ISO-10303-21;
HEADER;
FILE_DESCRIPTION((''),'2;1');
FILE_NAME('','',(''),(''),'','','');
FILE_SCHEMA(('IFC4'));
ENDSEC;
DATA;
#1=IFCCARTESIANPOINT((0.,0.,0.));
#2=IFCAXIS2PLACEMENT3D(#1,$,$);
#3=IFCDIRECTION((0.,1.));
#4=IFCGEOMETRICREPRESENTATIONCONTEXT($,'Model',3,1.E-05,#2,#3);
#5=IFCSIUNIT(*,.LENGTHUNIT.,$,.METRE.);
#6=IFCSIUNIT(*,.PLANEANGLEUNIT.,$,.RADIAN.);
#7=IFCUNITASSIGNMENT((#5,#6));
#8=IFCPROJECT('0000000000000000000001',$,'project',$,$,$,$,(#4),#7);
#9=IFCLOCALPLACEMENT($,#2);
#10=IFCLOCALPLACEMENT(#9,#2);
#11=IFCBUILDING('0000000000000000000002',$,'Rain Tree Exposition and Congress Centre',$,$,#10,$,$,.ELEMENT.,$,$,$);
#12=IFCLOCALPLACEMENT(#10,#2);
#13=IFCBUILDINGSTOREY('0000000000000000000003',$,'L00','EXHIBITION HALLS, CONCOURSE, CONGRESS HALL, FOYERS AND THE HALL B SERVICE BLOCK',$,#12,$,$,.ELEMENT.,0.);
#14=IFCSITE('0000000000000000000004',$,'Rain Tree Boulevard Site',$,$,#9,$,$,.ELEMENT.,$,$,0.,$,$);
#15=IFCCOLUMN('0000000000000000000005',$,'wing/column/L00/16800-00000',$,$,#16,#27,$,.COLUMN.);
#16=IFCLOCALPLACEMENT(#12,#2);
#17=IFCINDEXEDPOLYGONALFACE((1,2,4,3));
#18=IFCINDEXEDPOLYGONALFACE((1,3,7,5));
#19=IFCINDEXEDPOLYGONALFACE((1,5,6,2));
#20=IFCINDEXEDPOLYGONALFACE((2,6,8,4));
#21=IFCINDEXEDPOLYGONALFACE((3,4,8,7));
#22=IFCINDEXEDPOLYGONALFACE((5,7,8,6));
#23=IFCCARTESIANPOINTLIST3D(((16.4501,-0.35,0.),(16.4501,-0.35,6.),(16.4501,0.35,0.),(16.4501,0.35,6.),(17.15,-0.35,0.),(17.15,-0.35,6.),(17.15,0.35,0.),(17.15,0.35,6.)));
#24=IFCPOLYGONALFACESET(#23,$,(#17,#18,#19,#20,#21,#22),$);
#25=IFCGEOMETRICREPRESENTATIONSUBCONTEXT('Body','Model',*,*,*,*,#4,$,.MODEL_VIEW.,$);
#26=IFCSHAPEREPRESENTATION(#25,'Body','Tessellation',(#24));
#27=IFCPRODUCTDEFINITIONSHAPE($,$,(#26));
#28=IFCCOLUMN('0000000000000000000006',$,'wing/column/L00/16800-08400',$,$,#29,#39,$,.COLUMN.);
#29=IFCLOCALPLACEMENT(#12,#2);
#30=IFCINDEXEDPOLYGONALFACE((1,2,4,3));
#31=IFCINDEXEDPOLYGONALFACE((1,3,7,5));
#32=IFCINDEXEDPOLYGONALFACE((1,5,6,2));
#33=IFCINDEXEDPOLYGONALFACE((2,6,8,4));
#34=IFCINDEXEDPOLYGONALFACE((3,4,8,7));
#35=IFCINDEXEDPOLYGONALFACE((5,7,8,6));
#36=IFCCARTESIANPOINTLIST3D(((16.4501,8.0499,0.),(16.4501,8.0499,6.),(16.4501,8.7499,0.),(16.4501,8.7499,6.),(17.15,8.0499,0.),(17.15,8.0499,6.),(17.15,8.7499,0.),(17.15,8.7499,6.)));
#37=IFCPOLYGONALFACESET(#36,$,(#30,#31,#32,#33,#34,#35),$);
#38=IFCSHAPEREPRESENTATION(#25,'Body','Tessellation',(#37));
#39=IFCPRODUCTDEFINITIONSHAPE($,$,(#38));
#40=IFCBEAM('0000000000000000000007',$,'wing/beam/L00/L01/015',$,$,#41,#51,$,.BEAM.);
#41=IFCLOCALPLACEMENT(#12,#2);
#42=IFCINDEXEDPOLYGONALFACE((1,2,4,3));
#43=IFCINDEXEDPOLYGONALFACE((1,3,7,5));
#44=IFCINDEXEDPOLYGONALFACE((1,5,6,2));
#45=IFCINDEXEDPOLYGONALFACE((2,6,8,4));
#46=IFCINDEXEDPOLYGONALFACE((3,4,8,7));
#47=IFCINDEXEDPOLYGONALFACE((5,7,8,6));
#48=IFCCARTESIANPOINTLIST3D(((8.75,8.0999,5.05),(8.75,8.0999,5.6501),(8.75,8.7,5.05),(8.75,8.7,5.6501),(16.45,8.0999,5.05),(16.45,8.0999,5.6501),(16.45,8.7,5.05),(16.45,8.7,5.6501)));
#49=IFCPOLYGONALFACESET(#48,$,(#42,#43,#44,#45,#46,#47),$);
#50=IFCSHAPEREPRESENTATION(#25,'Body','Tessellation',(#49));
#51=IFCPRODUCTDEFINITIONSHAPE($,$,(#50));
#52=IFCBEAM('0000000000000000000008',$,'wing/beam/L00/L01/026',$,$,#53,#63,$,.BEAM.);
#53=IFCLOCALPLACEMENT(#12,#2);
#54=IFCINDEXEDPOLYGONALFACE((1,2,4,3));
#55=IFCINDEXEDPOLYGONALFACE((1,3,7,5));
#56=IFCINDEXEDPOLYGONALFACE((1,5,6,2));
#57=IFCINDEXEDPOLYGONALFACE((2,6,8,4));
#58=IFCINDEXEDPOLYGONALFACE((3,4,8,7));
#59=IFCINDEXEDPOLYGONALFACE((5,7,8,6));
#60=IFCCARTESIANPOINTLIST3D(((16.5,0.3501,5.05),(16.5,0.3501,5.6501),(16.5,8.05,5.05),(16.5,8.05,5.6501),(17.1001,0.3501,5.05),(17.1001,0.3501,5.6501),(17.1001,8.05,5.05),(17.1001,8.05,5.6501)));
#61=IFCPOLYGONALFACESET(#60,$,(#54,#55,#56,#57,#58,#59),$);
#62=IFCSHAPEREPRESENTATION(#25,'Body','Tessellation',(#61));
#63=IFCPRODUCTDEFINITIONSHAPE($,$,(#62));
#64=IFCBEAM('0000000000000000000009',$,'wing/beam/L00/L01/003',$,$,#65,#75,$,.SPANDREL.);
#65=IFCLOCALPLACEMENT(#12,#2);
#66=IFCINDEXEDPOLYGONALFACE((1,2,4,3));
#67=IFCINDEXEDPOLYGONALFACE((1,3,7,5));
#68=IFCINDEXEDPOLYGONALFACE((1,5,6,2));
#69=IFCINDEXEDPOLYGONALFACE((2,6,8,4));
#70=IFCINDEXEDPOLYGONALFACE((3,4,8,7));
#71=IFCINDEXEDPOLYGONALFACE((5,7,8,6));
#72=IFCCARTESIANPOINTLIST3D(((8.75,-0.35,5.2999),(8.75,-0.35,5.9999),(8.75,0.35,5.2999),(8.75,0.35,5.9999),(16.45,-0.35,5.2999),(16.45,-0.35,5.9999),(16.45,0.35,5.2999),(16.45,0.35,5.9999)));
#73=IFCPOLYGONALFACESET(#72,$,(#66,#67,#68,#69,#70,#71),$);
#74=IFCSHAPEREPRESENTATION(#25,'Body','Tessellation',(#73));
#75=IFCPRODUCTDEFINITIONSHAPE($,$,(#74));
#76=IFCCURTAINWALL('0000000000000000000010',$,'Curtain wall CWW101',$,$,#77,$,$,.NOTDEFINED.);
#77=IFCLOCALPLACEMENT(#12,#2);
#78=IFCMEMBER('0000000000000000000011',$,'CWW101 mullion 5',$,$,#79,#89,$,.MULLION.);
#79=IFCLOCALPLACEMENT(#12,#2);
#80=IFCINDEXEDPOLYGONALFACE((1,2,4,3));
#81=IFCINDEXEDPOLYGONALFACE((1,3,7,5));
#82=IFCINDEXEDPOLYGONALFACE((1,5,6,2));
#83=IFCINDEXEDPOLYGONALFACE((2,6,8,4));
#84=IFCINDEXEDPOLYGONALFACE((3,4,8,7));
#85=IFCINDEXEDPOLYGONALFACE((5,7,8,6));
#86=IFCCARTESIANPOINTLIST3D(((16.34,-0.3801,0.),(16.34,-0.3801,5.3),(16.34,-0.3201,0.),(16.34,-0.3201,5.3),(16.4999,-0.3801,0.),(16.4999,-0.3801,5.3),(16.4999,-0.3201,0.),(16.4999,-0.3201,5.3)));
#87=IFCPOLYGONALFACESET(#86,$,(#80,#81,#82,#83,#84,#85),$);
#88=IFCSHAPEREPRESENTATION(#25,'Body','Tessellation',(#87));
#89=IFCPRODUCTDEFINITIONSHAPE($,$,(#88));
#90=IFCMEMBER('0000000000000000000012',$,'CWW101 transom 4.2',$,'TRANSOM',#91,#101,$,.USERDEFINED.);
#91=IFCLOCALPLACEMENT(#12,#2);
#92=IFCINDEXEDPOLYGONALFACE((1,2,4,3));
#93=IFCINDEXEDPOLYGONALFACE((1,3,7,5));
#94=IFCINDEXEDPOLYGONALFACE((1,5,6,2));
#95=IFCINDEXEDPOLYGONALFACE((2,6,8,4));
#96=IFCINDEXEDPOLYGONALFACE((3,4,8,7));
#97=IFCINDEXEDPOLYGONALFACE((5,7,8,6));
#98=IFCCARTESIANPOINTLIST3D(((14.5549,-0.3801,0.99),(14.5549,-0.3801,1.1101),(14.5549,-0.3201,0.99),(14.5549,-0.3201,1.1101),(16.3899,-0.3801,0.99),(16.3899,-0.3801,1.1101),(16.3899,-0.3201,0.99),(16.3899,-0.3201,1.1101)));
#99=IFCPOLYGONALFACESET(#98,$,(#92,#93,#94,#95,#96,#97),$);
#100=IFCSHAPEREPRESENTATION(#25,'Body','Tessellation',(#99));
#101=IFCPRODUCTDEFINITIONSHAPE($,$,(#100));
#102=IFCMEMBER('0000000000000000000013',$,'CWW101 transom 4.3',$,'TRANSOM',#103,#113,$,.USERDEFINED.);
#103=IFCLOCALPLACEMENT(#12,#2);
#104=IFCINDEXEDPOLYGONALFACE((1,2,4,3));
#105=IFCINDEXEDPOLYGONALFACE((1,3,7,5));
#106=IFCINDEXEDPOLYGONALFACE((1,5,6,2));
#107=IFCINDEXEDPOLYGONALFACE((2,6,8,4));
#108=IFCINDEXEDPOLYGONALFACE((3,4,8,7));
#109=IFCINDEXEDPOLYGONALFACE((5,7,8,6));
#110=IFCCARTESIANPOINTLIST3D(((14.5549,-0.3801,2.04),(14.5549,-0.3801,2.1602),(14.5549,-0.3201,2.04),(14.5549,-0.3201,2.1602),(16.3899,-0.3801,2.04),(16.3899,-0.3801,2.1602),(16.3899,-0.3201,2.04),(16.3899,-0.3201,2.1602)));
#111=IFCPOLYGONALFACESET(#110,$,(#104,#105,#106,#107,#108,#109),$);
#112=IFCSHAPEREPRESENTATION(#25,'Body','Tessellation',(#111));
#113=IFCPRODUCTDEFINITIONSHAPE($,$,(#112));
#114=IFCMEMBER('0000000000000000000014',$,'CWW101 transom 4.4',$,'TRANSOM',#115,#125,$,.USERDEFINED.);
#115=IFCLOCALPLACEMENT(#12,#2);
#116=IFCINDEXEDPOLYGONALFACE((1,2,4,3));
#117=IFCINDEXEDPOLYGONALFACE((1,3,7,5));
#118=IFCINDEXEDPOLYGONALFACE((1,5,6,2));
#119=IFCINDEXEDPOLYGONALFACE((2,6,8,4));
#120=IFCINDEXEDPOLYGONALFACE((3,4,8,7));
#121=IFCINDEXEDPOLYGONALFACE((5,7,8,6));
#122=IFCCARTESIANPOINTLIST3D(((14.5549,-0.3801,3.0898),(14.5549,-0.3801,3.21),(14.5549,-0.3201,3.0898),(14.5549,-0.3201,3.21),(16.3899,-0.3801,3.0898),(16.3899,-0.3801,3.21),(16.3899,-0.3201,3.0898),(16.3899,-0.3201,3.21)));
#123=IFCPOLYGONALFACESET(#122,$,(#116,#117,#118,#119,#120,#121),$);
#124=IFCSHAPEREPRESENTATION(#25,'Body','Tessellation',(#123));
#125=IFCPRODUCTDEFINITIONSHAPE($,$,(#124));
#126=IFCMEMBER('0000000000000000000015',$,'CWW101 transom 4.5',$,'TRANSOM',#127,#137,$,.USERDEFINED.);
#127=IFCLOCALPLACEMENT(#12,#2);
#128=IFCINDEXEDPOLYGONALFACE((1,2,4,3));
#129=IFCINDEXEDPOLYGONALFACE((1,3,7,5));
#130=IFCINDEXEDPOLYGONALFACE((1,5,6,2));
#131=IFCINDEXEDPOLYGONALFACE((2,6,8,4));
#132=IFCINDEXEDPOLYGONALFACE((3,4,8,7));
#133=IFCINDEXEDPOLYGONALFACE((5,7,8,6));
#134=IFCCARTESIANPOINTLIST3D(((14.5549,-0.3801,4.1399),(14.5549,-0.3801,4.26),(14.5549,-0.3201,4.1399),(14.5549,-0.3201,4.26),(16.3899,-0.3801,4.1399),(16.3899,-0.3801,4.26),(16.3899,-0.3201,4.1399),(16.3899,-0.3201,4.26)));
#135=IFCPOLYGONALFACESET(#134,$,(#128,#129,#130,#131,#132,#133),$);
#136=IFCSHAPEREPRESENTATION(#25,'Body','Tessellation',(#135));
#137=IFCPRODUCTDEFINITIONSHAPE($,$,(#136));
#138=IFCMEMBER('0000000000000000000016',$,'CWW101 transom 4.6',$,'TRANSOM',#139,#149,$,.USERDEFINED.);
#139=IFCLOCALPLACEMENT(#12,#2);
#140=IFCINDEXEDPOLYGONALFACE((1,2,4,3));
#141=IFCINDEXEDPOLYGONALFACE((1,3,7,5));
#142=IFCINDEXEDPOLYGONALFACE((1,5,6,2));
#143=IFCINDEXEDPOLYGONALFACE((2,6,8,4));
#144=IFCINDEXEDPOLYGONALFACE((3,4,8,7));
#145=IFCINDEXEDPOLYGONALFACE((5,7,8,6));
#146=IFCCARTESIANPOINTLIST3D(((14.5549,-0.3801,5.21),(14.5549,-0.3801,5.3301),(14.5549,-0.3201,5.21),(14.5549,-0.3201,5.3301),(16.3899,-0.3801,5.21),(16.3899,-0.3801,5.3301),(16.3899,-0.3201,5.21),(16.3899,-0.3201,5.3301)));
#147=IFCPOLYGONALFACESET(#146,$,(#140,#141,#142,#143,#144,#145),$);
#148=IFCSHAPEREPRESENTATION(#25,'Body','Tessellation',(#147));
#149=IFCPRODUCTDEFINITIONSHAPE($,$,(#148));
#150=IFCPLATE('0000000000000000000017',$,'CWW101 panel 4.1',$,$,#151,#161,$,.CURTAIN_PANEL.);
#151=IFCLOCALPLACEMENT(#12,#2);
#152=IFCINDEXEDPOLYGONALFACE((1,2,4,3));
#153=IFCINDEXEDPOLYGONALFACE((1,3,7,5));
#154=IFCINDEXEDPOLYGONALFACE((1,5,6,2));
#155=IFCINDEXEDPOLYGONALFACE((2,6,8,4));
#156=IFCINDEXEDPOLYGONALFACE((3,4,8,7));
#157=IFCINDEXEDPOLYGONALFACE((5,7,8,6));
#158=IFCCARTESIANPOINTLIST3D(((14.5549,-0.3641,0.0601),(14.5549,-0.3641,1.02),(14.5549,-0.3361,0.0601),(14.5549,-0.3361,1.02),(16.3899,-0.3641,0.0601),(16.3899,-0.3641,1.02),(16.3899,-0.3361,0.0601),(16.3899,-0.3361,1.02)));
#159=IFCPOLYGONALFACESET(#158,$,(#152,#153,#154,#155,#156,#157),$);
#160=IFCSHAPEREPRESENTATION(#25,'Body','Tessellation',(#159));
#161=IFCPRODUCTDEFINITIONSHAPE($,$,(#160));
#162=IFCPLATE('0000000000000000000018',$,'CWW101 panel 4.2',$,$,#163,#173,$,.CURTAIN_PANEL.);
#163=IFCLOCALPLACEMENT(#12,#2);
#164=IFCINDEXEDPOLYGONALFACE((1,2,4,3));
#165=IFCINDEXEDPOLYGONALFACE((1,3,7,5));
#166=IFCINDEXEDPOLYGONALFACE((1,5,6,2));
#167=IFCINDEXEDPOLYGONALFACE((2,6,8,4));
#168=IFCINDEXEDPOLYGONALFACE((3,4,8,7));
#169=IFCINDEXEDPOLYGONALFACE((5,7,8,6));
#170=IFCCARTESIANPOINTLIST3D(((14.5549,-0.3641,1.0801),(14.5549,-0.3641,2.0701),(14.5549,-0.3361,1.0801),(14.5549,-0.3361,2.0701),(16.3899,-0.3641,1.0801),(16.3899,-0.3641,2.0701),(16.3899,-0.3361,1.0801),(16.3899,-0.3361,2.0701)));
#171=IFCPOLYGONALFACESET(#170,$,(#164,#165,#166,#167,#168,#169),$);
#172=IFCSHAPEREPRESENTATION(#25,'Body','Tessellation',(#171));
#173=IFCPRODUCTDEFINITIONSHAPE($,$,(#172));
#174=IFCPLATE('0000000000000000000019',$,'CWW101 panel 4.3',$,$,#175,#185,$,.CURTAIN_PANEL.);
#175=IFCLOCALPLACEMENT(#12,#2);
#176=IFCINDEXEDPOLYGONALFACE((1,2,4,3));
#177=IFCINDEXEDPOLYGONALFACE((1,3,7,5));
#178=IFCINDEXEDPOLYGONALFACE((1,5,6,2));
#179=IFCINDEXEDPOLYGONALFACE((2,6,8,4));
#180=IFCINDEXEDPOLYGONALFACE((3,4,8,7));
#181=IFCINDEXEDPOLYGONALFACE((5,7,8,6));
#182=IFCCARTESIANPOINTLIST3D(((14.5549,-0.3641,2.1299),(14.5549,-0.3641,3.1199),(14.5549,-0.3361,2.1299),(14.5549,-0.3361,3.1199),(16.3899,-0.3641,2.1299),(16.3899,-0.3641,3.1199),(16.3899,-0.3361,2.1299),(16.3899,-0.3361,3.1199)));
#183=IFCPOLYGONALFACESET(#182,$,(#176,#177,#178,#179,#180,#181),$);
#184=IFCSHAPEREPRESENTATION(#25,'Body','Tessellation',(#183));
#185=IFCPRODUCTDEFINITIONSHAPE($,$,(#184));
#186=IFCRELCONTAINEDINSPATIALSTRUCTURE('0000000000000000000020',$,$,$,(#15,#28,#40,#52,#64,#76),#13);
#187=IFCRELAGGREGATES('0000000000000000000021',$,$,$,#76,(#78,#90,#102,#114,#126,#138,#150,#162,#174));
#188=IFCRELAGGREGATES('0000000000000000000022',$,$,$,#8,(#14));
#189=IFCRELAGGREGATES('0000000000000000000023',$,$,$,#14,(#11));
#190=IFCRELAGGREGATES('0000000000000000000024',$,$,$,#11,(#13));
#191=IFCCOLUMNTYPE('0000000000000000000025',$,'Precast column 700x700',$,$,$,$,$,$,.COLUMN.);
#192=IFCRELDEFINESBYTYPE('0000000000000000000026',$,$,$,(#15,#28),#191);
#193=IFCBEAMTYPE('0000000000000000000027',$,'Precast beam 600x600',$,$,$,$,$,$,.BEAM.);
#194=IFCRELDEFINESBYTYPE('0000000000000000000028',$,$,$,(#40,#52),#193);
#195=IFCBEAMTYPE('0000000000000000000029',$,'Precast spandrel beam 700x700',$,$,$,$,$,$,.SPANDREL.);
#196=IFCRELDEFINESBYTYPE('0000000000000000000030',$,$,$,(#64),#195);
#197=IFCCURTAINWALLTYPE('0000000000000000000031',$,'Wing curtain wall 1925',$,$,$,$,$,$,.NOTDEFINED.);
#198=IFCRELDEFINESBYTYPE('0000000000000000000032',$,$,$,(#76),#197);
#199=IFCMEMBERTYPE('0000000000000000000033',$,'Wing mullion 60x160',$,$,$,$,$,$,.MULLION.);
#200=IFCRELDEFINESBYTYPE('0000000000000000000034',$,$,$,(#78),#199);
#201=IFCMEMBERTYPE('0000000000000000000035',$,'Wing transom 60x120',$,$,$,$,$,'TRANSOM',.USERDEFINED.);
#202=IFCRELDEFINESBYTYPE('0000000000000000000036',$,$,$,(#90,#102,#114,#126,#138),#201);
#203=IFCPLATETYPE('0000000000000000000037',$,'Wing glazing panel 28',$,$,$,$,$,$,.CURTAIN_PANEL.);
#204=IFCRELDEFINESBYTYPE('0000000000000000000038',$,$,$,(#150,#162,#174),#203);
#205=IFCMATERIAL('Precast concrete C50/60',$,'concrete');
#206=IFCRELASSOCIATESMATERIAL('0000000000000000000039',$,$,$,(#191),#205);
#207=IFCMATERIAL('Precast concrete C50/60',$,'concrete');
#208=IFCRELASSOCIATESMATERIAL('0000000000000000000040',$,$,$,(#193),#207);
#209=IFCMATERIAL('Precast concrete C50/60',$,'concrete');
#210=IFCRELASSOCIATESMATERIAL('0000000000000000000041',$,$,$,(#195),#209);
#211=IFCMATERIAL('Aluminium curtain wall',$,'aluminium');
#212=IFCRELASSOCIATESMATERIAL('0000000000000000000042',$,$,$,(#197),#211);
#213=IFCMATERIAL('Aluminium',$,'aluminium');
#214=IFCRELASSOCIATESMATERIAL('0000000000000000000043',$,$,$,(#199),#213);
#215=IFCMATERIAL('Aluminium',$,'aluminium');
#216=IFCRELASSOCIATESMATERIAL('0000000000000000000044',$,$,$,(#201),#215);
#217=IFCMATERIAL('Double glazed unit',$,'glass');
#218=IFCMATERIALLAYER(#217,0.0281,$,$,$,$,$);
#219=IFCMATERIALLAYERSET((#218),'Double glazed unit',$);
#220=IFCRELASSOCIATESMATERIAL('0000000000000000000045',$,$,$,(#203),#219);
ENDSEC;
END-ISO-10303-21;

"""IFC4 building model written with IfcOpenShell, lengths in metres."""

from ifc_helpers import new_model, si_unit, direction, frame, origin, origin_2d, place, context, subcontext, project, spatial, rectangle, extrude, material, layer, layer_set, material_profile, profile_set, type_object, element, aggregate, save


model = new_model("IFC4")

# Units and contexts
model_context = context("Model", 3, precision=1e-05, world=origin(), true_north=direction((0.0, 1.0)))
body_context = subcontext(model_context, "Body", "Model", "MODEL_VIEW")
ifc_project = project(units=[si_unit("LENGTHUNIT", "METRE"), si_unit("PLANEANGLEUNIT", "RADIAN")], contexts=[model_context])

# Site, building, storey
site_placement = place(None, origin())
site = spatial("IfcSite", under=ifc_project, at=site_placement, Name="Rain Tree Boulevard Site", CompositionType="ELEMENT", RefElevation=0.0)
building_placement = place(site_placement, origin())
building = spatial("IfcBuilding", under=site, at=building_placement, Name="Rain Tree Exposition and Congress Centre", CompositionType="ELEMENT")
storey_placement = place(building_placement, origin())
storey = spatial("IfcBuildingStorey", under=building, at=storey_placement, Name="L00", Description="EXHIBITION HALLS, CONCOURSE, CONGRESS HALL, FOYERS AND THE HALL B SERVICE BLOCK", CompositionType="ELEMENT", Elevation=0.0)

# Columns
ifc_material_1 = material(Name="Precast concrete C50/60", Category="concrete")
ifc_material_profile_1 = material_profile(ifc_material_1, rectangle(XDim=0.7, YDim=0.7, at=origin_2d()), Name="RC 700x700")
ifc_profile_set_1 = profile_set([ifc_material_profile_1], Name="Precast concrete C50/60")
column_type = type_object("IfcColumnType", Name="Precast column 700x700", PredefinedType="COLUMN", material=ifc_profile_set_1)
for number, where, z_axis, x_axis, name in (
    (1, (16.8, 0.0, 0.0), (0.0, 0.0, 1.0), (1.0, 0.0, 0.0), "wing/column/L00/16800-00000"),
    (2, (16.8, 8.3999, 0.0), (0.0, 0.0, 1.0), (1.0, 0.0, 0.0), "wing/column/L00/16800-08400"),
):
    element("IfcColumn", number, at=place(storey_placement, frame(where, z_axis=z_axis, x_axis=x_axis)), inside=storey, type_object=column_type, Name=name, PredefinedType="COLUMN", context=body_context, shape_type="SweptSolid", body=[
        extrude(rectangle(XDim=0.7, YDim=0.7, at=origin_2d()), origin(), (0.0, 0.0, 1.0), 6.0),
    ])

# Beams
ifc_material_2 = material(Name="Precast concrete C50/60", Category="concrete")
ifc_material_profile_2 = material_profile(ifc_material_2, rectangle(XDim=0.6001, YDim=0.6001, at=origin_2d()), Name="RC 600x600")
ifc_profile_set_2 = profile_set([ifc_material_profile_2], Name="Precast concrete C50/60")
beam_type_1 = type_object("IfcBeamType", Name="Precast beam 600x600", PredefinedType="BEAM", material=ifc_profile_set_2)
for number, where, z_axis, x_axis, name in (
    (3, (8.75, 8.3999, 5.3501), (1.0, 0.0, 0.0), (0.0, 1.0, 0.0), "wing/beam/L00/L01/015"),
    (4, (16.8, 0.3501, 5.3501), (0.0, 1.0, 0.0), (-1.0, 0.0, 0.0), "wing/beam/L00/L01/026"),
):
    element("IfcBeam", number, at=place(storey_placement, frame(where, z_axis=z_axis, x_axis=x_axis)), inside=storey, type_object=beam_type_1, Name=name, PredefinedType="BEAM", context=body_context, shape_type="SweptSolid", body=[
        extrude(rectangle(XDim=0.6001, YDim=0.6001, at=origin_2d()), origin(), (0.0, 0.0, 1.0), 7.7),
    ])
ifc_material_3 = material(Name="Precast concrete C50/60", Category="concrete")
ifc_material_profile_3 = material_profile(ifc_material_3, rectangle(XDim=0.7, YDim=0.7, at=origin_2d()), Name="RC 700x700")
ifc_profile_set_3 = profile_set([ifc_material_profile_3], Name="Precast concrete C50/60")
beam_type_2 = type_object("IfcBeamType", Name="Precast spandrel beam 700x700", PredefinedType="SPANDREL", material=ifc_profile_set_3)
beam_placement = place(storey_placement, frame((8.75, 0.0, 5.6499), z_axis=(1.0, 0.0, 0.0), x_axis=(0.0, 1.0, 0.0)))
element("IfcBeam", 5, at=beam_placement, inside=storey, type_object=beam_type_2, Name="wing/beam/L00/L01/003", PredefinedType="SPANDREL", context=body_context, shape_type="SweptSolid", body=[
    extrude(rectangle(XDim=0.7, YDim=0.7, at=origin_2d()), origin(), (0.0, 0.0, 1.0), 7.7),
])

# Curtain wall, members, plates
ifc_material_4 = material(Name="Aluminium curtain wall", Category="aluminium")
curtain_wall_type = type_object("IfcCurtainWallType", Name="Wing curtain wall 1925", PredefinedType="NOTDEFINED", material=ifc_material_4)
curtain_wall_placement = place(storey_placement, origin())
curtain_wall = element("IfcCurtainWall", 6, at=curtain_wall_placement, inside=storey, type_object=curtain_wall_type, Name="Curtain wall CWW101", PredefinedType="NOTDEFINED")
ifc_material_5 = material(Name="Aluminium", Category="aluminium")
ifc_material_profile_4 = material_profile(ifc_material_5, rectangle(XDim=0.0601, YDim=0.1599, at=origin_2d()), Name="Aluminium 60x160")
ifc_profile_set_4 = profile_set([ifc_material_profile_4], Name="Aluminium")
member_type_1 = type_object("IfcMemberType", Name="Wing mullion 60x160", PredefinedType="MULLION", material=ifc_profile_set_4)
member_1_placement = place(storey_placement, frame((16.4199, -0.3501, 0.0), z_axis=(0.0, 0.0, 1.0), x_axis=(0.0, 1.0, 0.0)))
member_1 = element("IfcMember", 7, at=member_1_placement, type_object=member_type_1, Name="CWW101 mullion 5", PredefinedType="MULLION", context=body_context, shape_type="SweptSolid", body=[
    extrude(rectangle(XDim=0.0601, YDim=0.1599, at=origin_2d()), origin(), (0.0, 0.0, 1.0), 5.3),
])
ifc_material_6 = material(Name="Aluminium", Category="aluminium")
ifc_material_profile_5 = material_profile(ifc_material_6, rectangle(XDim=0.0601, YDim=0.1201, at=origin_2d()), Name="Aluminium 60x120")
ifc_profile_set_5 = profile_set([ifc_material_profile_5], Name="Aluminium")
member_type_2 = type_object("IfcMemberType", Name="Wing transom 60x120", ElementType="TRANSOM", PredefinedType="USERDEFINED", material=ifc_profile_set_5)
member_2_placement = place(storey_placement, frame((14.5549, -0.3501, 1.05), z_axis=(1.0, 0.0, 0.0), x_axis=(0.0, 1.0, 0.0)))
member_2 = element("IfcMember", 8, at=member_2_placement, type_object=member_type_2, Name="CWW101 transom 4.2", ObjectType="TRANSOM", PredefinedType="USERDEFINED", context=body_context, shape_type="SweptSolid", body=[
    extrude(rectangle(XDim=0.0601, YDim=0.1201, at=origin_2d()), origin(), (0.0, 0.0, 1.0), 1.835),
])
member_3_placement = place(storey_placement, frame((14.5549, -0.3501, 2.1001), z_axis=(1.0, 0.0, 0.0), x_axis=(0.0, 1.0, 0.0)))
member_3 = element("IfcMember", 9, at=member_3_placement, type_object=member_type_2, Name="CWW101 transom 4.3", ObjectType="TRANSOM", PredefinedType="USERDEFINED", context=body_context, shape_type="SweptSolid", body=[
    extrude(rectangle(XDim=0.0601, YDim=0.1201, at=origin_2d()), origin(), (0.0, 0.0, 1.0), 1.835),
])
member_4_placement = place(storey_placement, frame((14.5549, -0.3501, 3.1499), z_axis=(1.0, 0.0, 0.0), x_axis=(0.0, 1.0, 0.0)))
member_4 = element("IfcMember", 10, at=member_4_placement, type_object=member_type_2, Name="CWW101 transom 4.4", ObjectType="TRANSOM", PredefinedType="USERDEFINED", context=body_context, shape_type="SweptSolid", body=[
    extrude(rectangle(XDim=0.0601, YDim=0.1201, at=origin_2d()), origin(), (0.0, 0.0, 1.0), 1.835),
])
member_5_placement = place(storey_placement, frame((14.5549, -0.3501, 4.2), z_axis=(1.0, 0.0, 0.0), x_axis=(0.0, 1.0, 0.0)))
member_5 = element("IfcMember", 11, at=member_5_placement, type_object=member_type_2, Name="CWW101 transom 4.5", ObjectType="TRANSOM", PredefinedType="USERDEFINED", context=body_context, shape_type="SweptSolid", body=[
    extrude(rectangle(XDim=0.0601, YDim=0.1201, at=origin_2d()), origin(), (0.0, 0.0, 1.0), 1.835),
])
member_6_placement = place(storey_placement, frame((14.5549, -0.3501, 5.27), z_axis=(1.0, 0.0, 0.0), x_axis=(0.0, 1.0, 0.0)))
member_6 = element("IfcMember", 12, at=member_6_placement, type_object=member_type_2, Name="CWW101 transom 4.6", ObjectType="TRANSOM", PredefinedType="USERDEFINED", context=body_context, shape_type="SweptSolid", body=[
    extrude(rectangle(XDim=0.0601, YDim=0.1201, at=origin_2d()), origin(), (0.0, 0.0, 1.0), 1.835),
])
ifc_material_7 = material(Name="Double glazed unit", Category="glass")
ifc_layer_1 = layer(ifc_material_7, 0.0281)
ifc_layer_set_1 = layer_set([ifc_layer_1], Name="Double glazed unit")
plate_type = type_object("IfcPlateType", Name="Wing glazing panel 28", PredefinedType="CURTAIN_PANEL", material=ifc_layer_set_1)
plate_1_placement = place(storey_placement, frame((15.4724, -0.3501, 0.0601), z_axis=(0.0, 0.0, 1.0), x_axis=(1.0, 0.0, 0.0)))
plate_1 = element("IfcPlate", 13, at=plate_1_placement, type_object=plate_type, Name="CWW101 panel 4.1", PredefinedType="CURTAIN_PANEL", context=body_context, shape_type="SweptSolid", body=[
    extrude(rectangle(XDim=1.835, YDim=0.0281, at=origin_2d()), origin(), (0.0, 0.0, 1.0), 0.96),
])
plate_2_placement = place(storey_placement, frame((15.4724, -0.3501, 1.0801), z_axis=(0.0, 0.0, 1.0), x_axis=(1.0, 0.0, 0.0)))
plate_2 = element("IfcPlate", 14, at=plate_2_placement, type_object=plate_type, Name="CWW101 panel 4.2", PredefinedType="CURTAIN_PANEL", context=body_context, shape_type="SweptSolid", body=[
    extrude(rectangle(XDim=1.835, YDim=0.0281, at=origin_2d()), origin(), (0.0, 0.0, 1.0), 0.99),
])
plate_3_placement = place(storey_placement, frame((15.4724, -0.3501, 2.1299), z_axis=(0.0, 0.0, 1.0), x_axis=(1.0, 0.0, 0.0)))
plate_3 = element("IfcPlate", 15, at=plate_3_placement, type_object=plate_type, Name="CWW101 panel 4.3", PredefinedType="CURTAIN_PANEL", context=body_context, shape_type="SweptSolid", body=[
    extrude(rectangle(XDim=1.835, YDim=0.0281, at=origin_2d()), origin(), (0.0, 0.0, 1.0), 0.99),
])
aggregate(curtain_wall, [member_1, member_2, member_3, member_4, member_5, member_6, plate_1, plate_2, plate_3])

save(model, "model.ifc")
